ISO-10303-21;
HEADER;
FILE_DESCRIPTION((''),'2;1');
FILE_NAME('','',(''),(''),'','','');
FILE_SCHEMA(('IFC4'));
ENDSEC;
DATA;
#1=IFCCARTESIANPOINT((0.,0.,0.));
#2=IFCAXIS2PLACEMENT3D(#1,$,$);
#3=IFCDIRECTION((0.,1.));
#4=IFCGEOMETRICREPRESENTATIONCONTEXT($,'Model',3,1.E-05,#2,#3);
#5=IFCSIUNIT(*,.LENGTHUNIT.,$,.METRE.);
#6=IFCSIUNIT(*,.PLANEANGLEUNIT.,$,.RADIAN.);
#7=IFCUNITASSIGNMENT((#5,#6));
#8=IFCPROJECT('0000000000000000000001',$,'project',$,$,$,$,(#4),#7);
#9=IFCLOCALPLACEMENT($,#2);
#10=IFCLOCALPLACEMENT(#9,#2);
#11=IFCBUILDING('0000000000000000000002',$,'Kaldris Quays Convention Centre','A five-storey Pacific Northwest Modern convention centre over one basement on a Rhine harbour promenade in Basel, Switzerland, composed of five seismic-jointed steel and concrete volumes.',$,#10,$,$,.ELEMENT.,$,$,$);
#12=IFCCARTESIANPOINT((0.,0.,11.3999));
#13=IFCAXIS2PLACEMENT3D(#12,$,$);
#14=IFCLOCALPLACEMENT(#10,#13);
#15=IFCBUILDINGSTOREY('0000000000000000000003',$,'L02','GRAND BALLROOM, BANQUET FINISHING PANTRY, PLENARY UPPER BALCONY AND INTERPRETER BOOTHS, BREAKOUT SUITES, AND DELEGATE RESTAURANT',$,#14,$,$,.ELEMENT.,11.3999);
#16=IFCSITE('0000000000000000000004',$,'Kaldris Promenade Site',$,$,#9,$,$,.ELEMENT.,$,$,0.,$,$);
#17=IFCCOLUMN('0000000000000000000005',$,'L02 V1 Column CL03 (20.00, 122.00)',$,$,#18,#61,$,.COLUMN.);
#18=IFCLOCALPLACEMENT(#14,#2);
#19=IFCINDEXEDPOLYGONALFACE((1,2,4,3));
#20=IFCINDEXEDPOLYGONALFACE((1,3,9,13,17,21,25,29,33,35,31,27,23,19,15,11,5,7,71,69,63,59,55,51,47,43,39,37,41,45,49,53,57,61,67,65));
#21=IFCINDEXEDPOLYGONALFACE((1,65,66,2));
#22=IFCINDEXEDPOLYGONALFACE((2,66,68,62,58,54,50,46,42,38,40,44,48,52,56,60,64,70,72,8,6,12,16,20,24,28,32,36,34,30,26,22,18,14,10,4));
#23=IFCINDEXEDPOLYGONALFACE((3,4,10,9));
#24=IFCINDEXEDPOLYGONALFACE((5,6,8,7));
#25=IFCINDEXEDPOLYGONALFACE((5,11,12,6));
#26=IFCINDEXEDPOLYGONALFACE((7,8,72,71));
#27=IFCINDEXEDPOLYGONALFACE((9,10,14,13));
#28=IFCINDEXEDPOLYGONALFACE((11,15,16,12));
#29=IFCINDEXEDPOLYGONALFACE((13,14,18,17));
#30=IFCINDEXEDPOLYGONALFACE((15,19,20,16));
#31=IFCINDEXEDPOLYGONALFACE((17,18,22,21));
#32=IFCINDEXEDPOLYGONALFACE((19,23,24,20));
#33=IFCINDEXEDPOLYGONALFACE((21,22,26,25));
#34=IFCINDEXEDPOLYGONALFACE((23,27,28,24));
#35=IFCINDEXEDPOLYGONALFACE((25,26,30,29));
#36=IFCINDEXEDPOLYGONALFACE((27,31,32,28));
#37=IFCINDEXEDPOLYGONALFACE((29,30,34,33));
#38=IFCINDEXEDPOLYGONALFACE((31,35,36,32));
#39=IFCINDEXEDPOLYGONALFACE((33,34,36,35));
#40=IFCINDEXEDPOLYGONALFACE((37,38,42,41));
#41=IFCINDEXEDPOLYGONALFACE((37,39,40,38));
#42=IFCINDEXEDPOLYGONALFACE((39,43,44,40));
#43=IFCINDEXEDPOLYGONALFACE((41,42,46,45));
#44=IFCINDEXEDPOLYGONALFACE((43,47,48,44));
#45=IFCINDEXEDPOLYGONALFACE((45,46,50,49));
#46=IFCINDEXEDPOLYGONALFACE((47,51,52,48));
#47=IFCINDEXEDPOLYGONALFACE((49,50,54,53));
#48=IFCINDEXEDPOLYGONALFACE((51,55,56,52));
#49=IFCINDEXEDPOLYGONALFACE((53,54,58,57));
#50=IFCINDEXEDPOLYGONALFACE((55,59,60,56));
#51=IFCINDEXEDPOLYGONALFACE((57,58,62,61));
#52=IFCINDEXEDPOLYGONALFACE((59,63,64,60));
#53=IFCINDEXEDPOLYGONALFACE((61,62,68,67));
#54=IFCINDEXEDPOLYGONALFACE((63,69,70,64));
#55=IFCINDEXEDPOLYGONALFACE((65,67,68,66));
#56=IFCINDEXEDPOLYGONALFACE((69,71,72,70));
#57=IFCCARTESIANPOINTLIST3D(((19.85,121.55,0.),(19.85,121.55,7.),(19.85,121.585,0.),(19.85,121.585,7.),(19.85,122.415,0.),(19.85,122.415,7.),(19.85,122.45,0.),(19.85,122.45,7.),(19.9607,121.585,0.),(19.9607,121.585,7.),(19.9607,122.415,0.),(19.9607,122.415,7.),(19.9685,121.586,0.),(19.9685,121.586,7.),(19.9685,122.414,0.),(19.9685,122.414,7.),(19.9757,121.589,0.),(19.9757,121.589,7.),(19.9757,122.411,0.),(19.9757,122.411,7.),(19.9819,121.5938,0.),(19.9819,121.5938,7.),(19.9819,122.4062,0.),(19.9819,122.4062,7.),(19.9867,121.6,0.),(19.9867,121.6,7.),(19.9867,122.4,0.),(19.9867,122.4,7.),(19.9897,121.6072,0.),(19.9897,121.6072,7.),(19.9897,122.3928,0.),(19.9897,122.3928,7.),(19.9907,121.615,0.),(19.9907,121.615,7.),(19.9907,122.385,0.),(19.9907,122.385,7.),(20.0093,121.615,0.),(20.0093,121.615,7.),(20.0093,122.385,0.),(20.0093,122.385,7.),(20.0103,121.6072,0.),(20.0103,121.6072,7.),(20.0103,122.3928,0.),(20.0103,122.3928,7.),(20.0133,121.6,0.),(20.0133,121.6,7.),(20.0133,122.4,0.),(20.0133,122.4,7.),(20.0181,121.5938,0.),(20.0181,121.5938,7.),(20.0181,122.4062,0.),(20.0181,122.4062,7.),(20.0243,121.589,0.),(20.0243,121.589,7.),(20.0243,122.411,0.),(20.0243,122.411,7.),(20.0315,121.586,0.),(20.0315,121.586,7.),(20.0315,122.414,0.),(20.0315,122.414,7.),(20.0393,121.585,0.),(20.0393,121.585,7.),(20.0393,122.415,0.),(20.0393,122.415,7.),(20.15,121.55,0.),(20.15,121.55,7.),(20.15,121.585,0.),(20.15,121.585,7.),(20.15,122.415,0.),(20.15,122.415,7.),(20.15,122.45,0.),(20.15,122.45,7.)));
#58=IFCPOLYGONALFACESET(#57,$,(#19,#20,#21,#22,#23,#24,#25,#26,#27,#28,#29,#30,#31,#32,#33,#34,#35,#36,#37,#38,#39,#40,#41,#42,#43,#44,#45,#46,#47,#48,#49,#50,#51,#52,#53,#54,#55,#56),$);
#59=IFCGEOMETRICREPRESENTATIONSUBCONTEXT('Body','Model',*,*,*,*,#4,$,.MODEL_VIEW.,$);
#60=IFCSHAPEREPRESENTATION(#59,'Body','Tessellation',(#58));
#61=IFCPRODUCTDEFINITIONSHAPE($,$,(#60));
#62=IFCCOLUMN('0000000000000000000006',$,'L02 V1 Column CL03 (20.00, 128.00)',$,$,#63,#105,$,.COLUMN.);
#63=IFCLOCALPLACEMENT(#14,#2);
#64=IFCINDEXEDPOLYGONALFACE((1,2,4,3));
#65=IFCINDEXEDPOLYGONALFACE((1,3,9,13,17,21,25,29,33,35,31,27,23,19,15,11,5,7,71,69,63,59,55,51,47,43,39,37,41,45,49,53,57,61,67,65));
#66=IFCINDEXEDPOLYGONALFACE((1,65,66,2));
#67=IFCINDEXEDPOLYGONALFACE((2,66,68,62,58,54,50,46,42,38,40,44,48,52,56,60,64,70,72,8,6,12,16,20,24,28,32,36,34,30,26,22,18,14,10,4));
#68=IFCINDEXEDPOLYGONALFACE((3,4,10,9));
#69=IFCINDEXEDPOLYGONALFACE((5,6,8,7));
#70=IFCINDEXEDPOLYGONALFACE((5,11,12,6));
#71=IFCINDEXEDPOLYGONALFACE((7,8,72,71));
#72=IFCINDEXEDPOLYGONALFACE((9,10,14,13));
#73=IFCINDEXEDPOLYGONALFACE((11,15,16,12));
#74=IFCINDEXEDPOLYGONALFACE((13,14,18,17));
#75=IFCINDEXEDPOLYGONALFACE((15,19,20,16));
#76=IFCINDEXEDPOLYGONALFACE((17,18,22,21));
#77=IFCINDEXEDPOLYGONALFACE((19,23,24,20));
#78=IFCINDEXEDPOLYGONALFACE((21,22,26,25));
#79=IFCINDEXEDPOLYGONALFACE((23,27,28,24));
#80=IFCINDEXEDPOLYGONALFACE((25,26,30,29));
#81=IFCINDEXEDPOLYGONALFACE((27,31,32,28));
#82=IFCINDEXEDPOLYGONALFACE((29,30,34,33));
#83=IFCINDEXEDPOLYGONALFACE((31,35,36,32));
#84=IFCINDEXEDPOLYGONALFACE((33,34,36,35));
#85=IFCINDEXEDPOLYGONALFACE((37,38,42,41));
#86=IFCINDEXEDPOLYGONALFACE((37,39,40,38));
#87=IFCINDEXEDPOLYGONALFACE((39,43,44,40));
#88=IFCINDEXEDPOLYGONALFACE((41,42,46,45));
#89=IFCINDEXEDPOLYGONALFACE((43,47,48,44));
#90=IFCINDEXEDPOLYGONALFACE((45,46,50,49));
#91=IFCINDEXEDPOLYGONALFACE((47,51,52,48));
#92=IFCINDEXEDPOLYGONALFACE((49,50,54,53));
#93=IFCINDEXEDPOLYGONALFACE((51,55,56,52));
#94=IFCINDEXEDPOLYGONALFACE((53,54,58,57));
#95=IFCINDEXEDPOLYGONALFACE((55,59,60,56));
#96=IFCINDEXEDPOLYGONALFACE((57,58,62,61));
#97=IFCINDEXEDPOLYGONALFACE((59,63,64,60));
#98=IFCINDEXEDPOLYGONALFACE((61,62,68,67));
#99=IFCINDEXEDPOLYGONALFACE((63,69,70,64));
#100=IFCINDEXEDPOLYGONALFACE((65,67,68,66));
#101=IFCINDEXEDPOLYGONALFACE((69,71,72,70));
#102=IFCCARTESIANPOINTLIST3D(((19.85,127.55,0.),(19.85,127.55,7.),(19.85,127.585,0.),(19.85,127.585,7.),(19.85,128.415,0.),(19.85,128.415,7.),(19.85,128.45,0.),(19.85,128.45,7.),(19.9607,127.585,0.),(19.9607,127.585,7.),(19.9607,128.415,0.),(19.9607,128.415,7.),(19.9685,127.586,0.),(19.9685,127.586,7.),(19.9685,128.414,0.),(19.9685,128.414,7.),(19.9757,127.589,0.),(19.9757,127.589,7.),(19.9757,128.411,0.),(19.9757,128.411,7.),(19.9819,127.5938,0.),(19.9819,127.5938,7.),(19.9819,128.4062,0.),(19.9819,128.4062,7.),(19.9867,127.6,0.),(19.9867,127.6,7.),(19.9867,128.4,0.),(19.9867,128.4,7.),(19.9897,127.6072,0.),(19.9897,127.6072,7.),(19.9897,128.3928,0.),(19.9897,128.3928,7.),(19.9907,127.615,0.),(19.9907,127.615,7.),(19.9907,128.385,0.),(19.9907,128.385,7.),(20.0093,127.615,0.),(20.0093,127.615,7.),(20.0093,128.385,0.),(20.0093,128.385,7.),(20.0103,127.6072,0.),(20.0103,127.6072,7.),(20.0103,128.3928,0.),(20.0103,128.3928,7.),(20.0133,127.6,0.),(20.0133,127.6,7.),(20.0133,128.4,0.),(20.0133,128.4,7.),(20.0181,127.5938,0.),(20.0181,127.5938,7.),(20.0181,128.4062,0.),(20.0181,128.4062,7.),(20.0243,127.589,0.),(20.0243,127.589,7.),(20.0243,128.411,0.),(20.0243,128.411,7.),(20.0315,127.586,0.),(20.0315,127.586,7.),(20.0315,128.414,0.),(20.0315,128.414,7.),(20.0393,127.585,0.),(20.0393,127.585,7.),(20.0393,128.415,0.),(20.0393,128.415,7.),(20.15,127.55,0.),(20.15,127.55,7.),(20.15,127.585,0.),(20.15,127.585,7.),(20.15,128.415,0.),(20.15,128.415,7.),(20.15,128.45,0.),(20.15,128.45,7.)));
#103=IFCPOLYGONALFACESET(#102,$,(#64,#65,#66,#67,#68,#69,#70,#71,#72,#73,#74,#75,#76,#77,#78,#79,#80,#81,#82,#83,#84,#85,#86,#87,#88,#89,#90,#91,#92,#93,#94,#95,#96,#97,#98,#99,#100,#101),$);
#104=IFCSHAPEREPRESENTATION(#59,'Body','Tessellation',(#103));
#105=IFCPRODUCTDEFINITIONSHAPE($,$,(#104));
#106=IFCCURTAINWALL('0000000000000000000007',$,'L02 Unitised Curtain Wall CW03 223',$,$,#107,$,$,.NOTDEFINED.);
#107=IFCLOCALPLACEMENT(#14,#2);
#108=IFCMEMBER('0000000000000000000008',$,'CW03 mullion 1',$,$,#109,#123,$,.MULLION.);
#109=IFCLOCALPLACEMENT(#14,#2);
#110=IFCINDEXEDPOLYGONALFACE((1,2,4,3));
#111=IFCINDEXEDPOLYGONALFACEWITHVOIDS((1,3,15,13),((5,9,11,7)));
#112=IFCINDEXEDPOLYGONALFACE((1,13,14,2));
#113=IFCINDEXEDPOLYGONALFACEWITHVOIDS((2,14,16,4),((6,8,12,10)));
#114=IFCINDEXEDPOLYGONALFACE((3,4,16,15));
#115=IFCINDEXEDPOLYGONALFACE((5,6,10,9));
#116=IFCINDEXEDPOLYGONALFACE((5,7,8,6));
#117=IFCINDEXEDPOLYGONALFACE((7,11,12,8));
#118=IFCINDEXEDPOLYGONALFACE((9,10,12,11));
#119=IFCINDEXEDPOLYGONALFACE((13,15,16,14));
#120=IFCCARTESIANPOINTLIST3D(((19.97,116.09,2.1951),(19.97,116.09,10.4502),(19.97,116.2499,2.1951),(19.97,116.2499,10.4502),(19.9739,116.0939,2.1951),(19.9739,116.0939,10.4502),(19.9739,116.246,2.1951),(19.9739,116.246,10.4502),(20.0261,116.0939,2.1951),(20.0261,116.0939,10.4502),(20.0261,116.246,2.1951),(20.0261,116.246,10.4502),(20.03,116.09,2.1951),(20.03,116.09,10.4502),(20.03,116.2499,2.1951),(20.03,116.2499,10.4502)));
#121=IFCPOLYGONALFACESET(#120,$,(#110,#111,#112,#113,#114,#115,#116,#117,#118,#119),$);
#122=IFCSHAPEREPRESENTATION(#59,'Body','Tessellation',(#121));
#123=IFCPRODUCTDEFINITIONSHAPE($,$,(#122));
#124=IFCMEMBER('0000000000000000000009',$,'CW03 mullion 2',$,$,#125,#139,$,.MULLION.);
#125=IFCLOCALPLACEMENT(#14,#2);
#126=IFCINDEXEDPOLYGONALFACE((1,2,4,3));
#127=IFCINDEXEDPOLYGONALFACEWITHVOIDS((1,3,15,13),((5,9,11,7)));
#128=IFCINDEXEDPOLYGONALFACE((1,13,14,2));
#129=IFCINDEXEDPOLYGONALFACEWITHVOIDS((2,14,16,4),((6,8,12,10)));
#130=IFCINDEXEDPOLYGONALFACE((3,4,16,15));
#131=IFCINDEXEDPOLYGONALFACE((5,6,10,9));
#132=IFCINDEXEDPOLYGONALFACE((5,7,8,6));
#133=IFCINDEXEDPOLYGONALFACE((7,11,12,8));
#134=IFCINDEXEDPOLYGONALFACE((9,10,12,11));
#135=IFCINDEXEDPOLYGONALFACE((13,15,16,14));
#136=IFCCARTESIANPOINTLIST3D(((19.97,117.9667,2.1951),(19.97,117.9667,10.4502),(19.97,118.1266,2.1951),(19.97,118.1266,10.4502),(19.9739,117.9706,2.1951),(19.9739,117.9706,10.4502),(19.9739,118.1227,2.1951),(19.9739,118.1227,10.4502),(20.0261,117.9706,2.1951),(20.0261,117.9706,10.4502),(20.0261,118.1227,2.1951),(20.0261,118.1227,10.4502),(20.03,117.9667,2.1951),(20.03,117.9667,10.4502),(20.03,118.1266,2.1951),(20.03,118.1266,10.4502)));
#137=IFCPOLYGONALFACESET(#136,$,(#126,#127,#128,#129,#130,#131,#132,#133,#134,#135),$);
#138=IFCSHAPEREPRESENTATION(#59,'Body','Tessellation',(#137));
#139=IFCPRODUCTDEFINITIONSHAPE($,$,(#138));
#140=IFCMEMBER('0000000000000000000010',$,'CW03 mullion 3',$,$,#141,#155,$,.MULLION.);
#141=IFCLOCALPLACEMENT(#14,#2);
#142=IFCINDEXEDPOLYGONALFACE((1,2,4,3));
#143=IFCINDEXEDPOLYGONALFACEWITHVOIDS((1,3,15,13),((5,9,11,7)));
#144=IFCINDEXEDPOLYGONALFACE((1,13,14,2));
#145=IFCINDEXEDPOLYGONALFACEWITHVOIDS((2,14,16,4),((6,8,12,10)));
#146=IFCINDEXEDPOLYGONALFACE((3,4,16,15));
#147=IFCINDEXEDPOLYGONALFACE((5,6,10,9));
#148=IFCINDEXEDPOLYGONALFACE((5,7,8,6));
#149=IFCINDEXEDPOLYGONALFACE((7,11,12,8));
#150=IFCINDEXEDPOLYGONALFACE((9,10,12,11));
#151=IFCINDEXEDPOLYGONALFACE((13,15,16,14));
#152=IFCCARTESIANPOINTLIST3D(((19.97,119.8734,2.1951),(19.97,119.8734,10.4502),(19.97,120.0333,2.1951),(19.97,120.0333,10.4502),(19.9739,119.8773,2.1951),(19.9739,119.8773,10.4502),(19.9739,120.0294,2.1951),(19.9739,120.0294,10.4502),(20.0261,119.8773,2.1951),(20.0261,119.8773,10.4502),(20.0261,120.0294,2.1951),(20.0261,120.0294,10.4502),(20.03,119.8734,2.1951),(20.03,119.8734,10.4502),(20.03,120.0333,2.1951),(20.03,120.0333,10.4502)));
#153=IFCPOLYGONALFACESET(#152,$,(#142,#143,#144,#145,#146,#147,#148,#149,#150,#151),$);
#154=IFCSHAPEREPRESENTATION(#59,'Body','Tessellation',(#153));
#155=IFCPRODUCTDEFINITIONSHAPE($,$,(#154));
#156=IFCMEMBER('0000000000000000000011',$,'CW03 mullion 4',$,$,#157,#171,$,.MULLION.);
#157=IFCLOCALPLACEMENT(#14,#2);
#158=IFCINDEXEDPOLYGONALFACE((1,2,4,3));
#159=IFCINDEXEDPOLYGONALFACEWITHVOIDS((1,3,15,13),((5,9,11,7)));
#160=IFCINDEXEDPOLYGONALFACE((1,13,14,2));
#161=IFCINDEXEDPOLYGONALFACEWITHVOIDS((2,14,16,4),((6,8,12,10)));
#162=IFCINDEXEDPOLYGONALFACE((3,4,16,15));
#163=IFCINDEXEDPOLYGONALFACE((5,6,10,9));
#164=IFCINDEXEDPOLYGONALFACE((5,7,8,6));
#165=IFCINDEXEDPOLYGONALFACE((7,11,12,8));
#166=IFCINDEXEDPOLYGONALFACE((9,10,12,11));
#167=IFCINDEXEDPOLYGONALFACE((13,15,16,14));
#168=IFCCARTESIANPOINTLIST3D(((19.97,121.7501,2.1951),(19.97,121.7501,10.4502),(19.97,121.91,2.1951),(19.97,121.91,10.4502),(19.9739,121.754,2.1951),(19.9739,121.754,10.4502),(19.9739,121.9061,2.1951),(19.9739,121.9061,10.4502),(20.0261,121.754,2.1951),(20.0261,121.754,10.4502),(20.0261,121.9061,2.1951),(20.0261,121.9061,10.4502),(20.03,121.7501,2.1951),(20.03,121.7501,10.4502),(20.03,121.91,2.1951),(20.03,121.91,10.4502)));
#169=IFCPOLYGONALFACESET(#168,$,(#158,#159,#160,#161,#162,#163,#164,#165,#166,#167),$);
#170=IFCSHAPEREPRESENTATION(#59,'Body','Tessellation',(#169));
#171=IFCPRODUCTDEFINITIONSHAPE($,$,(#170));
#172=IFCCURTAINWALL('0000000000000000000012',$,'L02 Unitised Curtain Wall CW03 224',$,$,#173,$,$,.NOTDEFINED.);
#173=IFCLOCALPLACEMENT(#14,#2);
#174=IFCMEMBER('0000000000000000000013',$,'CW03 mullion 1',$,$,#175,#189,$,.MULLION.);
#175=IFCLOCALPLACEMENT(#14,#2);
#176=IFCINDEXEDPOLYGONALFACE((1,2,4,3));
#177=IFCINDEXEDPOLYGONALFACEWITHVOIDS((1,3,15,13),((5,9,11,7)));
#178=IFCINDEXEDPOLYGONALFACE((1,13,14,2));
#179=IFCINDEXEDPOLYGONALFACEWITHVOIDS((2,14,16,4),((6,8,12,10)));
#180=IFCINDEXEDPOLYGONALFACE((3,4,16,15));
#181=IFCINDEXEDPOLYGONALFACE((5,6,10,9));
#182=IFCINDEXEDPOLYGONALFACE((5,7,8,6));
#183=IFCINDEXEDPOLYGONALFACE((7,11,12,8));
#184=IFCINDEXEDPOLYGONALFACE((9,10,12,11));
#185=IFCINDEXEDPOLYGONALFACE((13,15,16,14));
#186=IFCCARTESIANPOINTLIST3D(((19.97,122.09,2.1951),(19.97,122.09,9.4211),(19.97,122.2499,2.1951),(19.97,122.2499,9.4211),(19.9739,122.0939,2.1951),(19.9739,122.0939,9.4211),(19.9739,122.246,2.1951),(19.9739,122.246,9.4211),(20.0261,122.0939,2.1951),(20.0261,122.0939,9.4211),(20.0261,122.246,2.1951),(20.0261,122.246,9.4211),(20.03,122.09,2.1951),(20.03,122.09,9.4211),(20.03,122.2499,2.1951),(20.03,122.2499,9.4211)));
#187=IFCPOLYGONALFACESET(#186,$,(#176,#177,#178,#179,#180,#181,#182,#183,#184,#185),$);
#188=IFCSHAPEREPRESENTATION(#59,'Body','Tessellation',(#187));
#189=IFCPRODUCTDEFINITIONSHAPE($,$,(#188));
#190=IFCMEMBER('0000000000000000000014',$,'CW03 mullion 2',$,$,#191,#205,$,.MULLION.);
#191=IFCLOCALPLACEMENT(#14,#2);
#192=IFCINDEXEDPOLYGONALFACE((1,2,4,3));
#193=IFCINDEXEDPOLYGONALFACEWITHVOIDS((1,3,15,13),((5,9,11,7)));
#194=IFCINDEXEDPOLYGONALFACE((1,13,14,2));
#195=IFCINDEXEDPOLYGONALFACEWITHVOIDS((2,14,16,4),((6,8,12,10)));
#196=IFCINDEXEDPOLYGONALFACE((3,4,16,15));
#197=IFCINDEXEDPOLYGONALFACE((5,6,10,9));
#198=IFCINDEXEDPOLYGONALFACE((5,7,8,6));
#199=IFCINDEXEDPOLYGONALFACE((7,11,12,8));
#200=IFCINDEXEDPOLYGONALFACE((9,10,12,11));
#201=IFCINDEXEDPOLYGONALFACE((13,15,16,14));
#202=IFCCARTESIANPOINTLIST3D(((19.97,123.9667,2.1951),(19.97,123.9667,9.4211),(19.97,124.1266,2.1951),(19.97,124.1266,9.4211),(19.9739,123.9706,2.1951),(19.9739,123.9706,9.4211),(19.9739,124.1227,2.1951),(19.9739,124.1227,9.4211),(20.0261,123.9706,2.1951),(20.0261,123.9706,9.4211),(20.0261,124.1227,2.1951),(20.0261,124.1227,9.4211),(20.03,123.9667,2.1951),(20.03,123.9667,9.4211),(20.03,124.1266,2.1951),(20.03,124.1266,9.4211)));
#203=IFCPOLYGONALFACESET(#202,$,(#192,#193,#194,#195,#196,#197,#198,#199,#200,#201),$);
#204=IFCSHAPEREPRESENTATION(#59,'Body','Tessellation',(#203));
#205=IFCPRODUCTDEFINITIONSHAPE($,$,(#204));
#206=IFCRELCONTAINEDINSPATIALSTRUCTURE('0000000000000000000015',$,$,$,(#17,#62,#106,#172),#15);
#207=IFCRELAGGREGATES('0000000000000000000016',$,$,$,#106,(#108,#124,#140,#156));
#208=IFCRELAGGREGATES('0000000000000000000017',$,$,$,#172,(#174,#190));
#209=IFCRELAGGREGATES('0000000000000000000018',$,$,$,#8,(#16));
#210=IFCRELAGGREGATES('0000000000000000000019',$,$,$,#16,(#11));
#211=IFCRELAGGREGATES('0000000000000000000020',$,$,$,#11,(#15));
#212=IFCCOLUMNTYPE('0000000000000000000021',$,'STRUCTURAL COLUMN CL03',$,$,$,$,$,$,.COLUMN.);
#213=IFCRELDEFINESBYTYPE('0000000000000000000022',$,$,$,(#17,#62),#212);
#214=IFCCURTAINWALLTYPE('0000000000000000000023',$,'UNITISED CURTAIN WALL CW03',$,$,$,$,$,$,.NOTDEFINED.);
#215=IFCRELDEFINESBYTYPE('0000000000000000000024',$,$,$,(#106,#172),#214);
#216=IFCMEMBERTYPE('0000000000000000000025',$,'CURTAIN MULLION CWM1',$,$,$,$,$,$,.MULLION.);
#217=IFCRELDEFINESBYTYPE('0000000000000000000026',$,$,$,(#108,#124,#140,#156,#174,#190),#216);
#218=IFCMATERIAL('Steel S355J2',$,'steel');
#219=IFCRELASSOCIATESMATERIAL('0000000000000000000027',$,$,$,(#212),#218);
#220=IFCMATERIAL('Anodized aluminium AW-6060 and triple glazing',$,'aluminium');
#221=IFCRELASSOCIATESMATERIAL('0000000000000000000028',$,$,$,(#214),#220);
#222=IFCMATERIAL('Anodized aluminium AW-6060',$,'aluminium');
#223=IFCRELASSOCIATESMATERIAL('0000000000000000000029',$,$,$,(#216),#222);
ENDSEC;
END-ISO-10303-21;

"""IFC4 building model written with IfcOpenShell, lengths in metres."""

from ifc_helpers import new_model, si_unit, direction, frame, origin, origin_2d, place, context, subcontext, project, spatial, hollow_rectangle, i_section, extrude, material, material_profile, profile_set, type_object, element, aggregate, save


model = new_model("IFC4")

# Units and contexts
model_context = context("Model", 3, precision=1e-05, world=origin(), true_north=direction((0.0, 1.0)))
body_context = subcontext(model_context, "Body", "Model", "MODEL_VIEW")
ifc_project = project(units=[si_unit("LENGTHUNIT", "METRE"), si_unit("PLANEANGLEUNIT", "RADIAN")], contexts=[model_context])

# Site, building, storey
site_placement = place(None, origin())
site = spatial("IfcSite", under=ifc_project, at=site_placement, Name="Kaldris Promenade Site", CompositionType="ELEMENT", RefElevation=0.0)
building_placement = place(site_placement, origin())
building = spatial("IfcBuilding", under=site, at=building_placement, Name="Kaldris Quays Convention Centre", Description="A five-storey Pacific Northwest Modern convention centre over one basement on a Rhine harbour promenade in Basel, Switzerland, composed of five seismic-jointed steel and concrete volumes.", CompositionType="ELEMENT")
storey_placement = place(building_placement, frame((0.0, 0.0, 11.3999)))
storey = spatial("IfcBuildingStorey", under=building, at=storey_placement, Name="L02", Description="GRAND BALLROOM, BANQUET FINISHING PANTRY, PLENARY UPPER BALCONY AND INTERPRETER BOOTHS, BREAKOUT SUITES, AND DELEGATE RESTAURANT", CompositionType="ELEMENT", Elevation=11.3999)

# Columns
ifc_material_1 = material(Name="Steel S355J2", Category="steel")
ifc_material_profile_1 = material_profile(ifc_material_1, i_section(OverallWidth=0.3, OverallDepth=0.8999, WebThickness=0.0186, FlangeThickness=0.0349, FilletRadius=0.03, at=origin_2d()), Name="HEB 900")
ifc_profile_set_1 = profile_set([ifc_material_profile_1], Name="Steel S355J2")
column_type = type_object("IfcColumnType", Name="STRUCTURAL COLUMN CL03", PredefinedType="COLUMN", material=ifc_profile_set_1)
for number, where, z_axis, x_axis, name in (
    (1, (20.0, 122.0, 0.0), (0.0, 0.0, 1.0), (1.0, 0.0, 0.0), "L02 V1 Column CL03 (20.00, 122.00)"),
    (2, (20.0, 128.0, 0.0), (0.0, 0.0, 1.0), (1.0, 0.0, 0.0), "L02 V1 Column CL03 (20.00, 128.00)"),
):
    element("IfcColumn", number, at=place(storey_placement, frame(where, z_axis=z_axis, x_axis=x_axis)), inside=storey, type_object=column_type, Name=name, PredefinedType="COLUMN", context=body_context, shape_type="SweptSolid", body=[
        extrude(i_section(OverallWidth=0.3, OverallDepth=0.8999, WebThickness=0.0186, FlangeThickness=0.0349, FilletRadius=0.03, at=origin_2d()), origin(), (0.0, 0.0, 1.0), 7.0),
    ])

# Curtain walls, members
ifc_material_2 = material(Name="Anodized aluminium AW-6060 and triple glazing", Category="aluminium")
curtain_wall_type = type_object("IfcCurtainWallType", Name="UNITISED CURTAIN WALL CW03", PredefinedType="NOTDEFINED", material=ifc_material_2)
curtain_wall_1_placement = place(storey_placement, origin())
curtain_wall_1 = element("IfcCurtainWall", 3, at=curtain_wall_1_placement, inside=storey, type_object=curtain_wall_type, Name="L02 Unitised Curtain Wall CW03 223", PredefinedType="NOTDEFINED")
ifc_material_3 = material(Name="Anodized aluminium AW-6060", Category="aluminium")
ifc_material_profile_2 = material_profile(ifc_material_3, hollow_rectangle(XDim=0.0601, YDim=0.1599, WallThickness=0.0039, at=origin_2d()), Name="RHS 160x60x4")
ifc_profile_set_2 = profile_set([ifc_material_profile_2], Name="Anodized aluminium AW-6060")
member_type_1 = type_object("IfcMemberType", Name="CURTAIN MULLION CWM1", PredefinedType="MULLION", material=ifc_profile_set_2)
member_1_placement = place(storey_placement, frame((20.0, 116.1699, 2.1951), z_axis=(0.0, 0.0, 1.0), x_axis=(-1.0, 0.0, 0.0)))
member_1 = element("IfcMember", 4, at=member_1_placement, type_object=member_type_1, Name="CW03 mullion 1", PredefinedType="MULLION", context=body_context, shape_type="SweptSolid", body=[
    extrude(hollow_rectangle(XDim=0.0601, YDim=0.1599, WallThickness=0.0039, at=origin_2d()), origin(), (0.0, 0.0, 1.0), 8.2551),
])
member_2_placement = place(storey_placement, frame((20.0, 118.0466, 2.1951), z_axis=(0.0, 0.0, 1.0), x_axis=(-1.0, 0.0, 0.0)))
member_2 = element("IfcMember", 5, at=member_2_placement, type_object=member_type_1, Name="CW03 mullion 2", PredefinedType="MULLION", context=body_context, shape_type="SweptSolid", body=[
    extrude(hollow_rectangle(XDim=0.0601, YDim=0.1599, WallThickness=0.0039, at=origin_2d()), origin(), (0.0, 0.0, 1.0), 8.2551),
])
member_3_placement = place(storey_placement, frame((20.0, 119.9534, 2.1951), z_axis=(0.0, 0.0, 1.0), x_axis=(-1.0, 0.0, 0.0)))
member_3 = element("IfcMember", 6, at=member_3_placement, type_object=member_type_1, Name="CW03 mullion 3", PredefinedType="MULLION", context=body_context, shape_type="SweptSolid", body=[
    extrude(hollow_rectangle(XDim=0.0601, YDim=0.1599, WallThickness=0.0039, at=origin_2d()), origin(), (0.0, 0.0, 1.0), 8.2551),
])
member_4_placement = place(storey_placement, frame((20.0, 121.8301, 2.1951), z_axis=(0.0, 0.0, 1.0), x_axis=(-1.0, 0.0, 0.0)))
member_4 = element("IfcMember", 7, at=member_4_placement, type_object=member_type_1, Name="CW03 mullion 4", PredefinedType="MULLION", context=body_context, shape_type="SweptSolid", body=[
    extrude(hollow_rectangle(XDim=0.0601, YDim=0.1599, WallThickness=0.0039, at=origin_2d()), origin(), (0.0, 0.0, 1.0), 8.2551),
])
curtain_wall_2_placement = place(storey_placement, origin())
curtain_wall_2 = element("IfcCurtainWall", 8, at=curtain_wall_2_placement, inside=storey, type_object=curtain_wall_type, Name="L02 Unitised Curtain Wall CW03 224", PredefinedType="NOTDEFINED")
member_5_placement = place(storey_placement, frame((20.0, 122.1699, 2.1951), z_axis=(0.0, 0.0, 1.0), x_axis=(-1.0, 0.0, 0.0)))
member_5 = element("IfcMember", 9, at=member_5_placement, type_object=member_type_1, Name="CW03 mullion 1", PredefinedType="MULLION", context=body_context, shape_type="SweptSolid", body=[
    extrude(hollow_rectangle(XDim=0.0601, YDim=0.1599, WallThickness=0.0039, at=origin_2d()), origin(), (0.0, 0.0, 1.0), 7.2261),
])
member_6_placement = place(storey_placement, frame((20.0, 124.0466, 2.1951), z_axis=(0.0, 0.0, 1.0), x_axis=(-1.0, 0.0, 0.0)))
member_6 = element("IfcMember", 10, at=member_6_placement, type_object=member_type_1, Name="CW03 mullion 2", PredefinedType="MULLION", context=body_context, shape_type="SweptSolid", body=[
    extrude(hollow_rectangle(XDim=0.0601, YDim=0.1599, WallThickness=0.0039, at=origin_2d()), origin(), (0.0, 0.0, 1.0), 7.2261),
])

aggregate(curtain_wall_1, [member_1, member_2, member_3, member_4])
aggregate(curtain_wall_2, [member_5, member_6])

save(model, "model.ifc")
